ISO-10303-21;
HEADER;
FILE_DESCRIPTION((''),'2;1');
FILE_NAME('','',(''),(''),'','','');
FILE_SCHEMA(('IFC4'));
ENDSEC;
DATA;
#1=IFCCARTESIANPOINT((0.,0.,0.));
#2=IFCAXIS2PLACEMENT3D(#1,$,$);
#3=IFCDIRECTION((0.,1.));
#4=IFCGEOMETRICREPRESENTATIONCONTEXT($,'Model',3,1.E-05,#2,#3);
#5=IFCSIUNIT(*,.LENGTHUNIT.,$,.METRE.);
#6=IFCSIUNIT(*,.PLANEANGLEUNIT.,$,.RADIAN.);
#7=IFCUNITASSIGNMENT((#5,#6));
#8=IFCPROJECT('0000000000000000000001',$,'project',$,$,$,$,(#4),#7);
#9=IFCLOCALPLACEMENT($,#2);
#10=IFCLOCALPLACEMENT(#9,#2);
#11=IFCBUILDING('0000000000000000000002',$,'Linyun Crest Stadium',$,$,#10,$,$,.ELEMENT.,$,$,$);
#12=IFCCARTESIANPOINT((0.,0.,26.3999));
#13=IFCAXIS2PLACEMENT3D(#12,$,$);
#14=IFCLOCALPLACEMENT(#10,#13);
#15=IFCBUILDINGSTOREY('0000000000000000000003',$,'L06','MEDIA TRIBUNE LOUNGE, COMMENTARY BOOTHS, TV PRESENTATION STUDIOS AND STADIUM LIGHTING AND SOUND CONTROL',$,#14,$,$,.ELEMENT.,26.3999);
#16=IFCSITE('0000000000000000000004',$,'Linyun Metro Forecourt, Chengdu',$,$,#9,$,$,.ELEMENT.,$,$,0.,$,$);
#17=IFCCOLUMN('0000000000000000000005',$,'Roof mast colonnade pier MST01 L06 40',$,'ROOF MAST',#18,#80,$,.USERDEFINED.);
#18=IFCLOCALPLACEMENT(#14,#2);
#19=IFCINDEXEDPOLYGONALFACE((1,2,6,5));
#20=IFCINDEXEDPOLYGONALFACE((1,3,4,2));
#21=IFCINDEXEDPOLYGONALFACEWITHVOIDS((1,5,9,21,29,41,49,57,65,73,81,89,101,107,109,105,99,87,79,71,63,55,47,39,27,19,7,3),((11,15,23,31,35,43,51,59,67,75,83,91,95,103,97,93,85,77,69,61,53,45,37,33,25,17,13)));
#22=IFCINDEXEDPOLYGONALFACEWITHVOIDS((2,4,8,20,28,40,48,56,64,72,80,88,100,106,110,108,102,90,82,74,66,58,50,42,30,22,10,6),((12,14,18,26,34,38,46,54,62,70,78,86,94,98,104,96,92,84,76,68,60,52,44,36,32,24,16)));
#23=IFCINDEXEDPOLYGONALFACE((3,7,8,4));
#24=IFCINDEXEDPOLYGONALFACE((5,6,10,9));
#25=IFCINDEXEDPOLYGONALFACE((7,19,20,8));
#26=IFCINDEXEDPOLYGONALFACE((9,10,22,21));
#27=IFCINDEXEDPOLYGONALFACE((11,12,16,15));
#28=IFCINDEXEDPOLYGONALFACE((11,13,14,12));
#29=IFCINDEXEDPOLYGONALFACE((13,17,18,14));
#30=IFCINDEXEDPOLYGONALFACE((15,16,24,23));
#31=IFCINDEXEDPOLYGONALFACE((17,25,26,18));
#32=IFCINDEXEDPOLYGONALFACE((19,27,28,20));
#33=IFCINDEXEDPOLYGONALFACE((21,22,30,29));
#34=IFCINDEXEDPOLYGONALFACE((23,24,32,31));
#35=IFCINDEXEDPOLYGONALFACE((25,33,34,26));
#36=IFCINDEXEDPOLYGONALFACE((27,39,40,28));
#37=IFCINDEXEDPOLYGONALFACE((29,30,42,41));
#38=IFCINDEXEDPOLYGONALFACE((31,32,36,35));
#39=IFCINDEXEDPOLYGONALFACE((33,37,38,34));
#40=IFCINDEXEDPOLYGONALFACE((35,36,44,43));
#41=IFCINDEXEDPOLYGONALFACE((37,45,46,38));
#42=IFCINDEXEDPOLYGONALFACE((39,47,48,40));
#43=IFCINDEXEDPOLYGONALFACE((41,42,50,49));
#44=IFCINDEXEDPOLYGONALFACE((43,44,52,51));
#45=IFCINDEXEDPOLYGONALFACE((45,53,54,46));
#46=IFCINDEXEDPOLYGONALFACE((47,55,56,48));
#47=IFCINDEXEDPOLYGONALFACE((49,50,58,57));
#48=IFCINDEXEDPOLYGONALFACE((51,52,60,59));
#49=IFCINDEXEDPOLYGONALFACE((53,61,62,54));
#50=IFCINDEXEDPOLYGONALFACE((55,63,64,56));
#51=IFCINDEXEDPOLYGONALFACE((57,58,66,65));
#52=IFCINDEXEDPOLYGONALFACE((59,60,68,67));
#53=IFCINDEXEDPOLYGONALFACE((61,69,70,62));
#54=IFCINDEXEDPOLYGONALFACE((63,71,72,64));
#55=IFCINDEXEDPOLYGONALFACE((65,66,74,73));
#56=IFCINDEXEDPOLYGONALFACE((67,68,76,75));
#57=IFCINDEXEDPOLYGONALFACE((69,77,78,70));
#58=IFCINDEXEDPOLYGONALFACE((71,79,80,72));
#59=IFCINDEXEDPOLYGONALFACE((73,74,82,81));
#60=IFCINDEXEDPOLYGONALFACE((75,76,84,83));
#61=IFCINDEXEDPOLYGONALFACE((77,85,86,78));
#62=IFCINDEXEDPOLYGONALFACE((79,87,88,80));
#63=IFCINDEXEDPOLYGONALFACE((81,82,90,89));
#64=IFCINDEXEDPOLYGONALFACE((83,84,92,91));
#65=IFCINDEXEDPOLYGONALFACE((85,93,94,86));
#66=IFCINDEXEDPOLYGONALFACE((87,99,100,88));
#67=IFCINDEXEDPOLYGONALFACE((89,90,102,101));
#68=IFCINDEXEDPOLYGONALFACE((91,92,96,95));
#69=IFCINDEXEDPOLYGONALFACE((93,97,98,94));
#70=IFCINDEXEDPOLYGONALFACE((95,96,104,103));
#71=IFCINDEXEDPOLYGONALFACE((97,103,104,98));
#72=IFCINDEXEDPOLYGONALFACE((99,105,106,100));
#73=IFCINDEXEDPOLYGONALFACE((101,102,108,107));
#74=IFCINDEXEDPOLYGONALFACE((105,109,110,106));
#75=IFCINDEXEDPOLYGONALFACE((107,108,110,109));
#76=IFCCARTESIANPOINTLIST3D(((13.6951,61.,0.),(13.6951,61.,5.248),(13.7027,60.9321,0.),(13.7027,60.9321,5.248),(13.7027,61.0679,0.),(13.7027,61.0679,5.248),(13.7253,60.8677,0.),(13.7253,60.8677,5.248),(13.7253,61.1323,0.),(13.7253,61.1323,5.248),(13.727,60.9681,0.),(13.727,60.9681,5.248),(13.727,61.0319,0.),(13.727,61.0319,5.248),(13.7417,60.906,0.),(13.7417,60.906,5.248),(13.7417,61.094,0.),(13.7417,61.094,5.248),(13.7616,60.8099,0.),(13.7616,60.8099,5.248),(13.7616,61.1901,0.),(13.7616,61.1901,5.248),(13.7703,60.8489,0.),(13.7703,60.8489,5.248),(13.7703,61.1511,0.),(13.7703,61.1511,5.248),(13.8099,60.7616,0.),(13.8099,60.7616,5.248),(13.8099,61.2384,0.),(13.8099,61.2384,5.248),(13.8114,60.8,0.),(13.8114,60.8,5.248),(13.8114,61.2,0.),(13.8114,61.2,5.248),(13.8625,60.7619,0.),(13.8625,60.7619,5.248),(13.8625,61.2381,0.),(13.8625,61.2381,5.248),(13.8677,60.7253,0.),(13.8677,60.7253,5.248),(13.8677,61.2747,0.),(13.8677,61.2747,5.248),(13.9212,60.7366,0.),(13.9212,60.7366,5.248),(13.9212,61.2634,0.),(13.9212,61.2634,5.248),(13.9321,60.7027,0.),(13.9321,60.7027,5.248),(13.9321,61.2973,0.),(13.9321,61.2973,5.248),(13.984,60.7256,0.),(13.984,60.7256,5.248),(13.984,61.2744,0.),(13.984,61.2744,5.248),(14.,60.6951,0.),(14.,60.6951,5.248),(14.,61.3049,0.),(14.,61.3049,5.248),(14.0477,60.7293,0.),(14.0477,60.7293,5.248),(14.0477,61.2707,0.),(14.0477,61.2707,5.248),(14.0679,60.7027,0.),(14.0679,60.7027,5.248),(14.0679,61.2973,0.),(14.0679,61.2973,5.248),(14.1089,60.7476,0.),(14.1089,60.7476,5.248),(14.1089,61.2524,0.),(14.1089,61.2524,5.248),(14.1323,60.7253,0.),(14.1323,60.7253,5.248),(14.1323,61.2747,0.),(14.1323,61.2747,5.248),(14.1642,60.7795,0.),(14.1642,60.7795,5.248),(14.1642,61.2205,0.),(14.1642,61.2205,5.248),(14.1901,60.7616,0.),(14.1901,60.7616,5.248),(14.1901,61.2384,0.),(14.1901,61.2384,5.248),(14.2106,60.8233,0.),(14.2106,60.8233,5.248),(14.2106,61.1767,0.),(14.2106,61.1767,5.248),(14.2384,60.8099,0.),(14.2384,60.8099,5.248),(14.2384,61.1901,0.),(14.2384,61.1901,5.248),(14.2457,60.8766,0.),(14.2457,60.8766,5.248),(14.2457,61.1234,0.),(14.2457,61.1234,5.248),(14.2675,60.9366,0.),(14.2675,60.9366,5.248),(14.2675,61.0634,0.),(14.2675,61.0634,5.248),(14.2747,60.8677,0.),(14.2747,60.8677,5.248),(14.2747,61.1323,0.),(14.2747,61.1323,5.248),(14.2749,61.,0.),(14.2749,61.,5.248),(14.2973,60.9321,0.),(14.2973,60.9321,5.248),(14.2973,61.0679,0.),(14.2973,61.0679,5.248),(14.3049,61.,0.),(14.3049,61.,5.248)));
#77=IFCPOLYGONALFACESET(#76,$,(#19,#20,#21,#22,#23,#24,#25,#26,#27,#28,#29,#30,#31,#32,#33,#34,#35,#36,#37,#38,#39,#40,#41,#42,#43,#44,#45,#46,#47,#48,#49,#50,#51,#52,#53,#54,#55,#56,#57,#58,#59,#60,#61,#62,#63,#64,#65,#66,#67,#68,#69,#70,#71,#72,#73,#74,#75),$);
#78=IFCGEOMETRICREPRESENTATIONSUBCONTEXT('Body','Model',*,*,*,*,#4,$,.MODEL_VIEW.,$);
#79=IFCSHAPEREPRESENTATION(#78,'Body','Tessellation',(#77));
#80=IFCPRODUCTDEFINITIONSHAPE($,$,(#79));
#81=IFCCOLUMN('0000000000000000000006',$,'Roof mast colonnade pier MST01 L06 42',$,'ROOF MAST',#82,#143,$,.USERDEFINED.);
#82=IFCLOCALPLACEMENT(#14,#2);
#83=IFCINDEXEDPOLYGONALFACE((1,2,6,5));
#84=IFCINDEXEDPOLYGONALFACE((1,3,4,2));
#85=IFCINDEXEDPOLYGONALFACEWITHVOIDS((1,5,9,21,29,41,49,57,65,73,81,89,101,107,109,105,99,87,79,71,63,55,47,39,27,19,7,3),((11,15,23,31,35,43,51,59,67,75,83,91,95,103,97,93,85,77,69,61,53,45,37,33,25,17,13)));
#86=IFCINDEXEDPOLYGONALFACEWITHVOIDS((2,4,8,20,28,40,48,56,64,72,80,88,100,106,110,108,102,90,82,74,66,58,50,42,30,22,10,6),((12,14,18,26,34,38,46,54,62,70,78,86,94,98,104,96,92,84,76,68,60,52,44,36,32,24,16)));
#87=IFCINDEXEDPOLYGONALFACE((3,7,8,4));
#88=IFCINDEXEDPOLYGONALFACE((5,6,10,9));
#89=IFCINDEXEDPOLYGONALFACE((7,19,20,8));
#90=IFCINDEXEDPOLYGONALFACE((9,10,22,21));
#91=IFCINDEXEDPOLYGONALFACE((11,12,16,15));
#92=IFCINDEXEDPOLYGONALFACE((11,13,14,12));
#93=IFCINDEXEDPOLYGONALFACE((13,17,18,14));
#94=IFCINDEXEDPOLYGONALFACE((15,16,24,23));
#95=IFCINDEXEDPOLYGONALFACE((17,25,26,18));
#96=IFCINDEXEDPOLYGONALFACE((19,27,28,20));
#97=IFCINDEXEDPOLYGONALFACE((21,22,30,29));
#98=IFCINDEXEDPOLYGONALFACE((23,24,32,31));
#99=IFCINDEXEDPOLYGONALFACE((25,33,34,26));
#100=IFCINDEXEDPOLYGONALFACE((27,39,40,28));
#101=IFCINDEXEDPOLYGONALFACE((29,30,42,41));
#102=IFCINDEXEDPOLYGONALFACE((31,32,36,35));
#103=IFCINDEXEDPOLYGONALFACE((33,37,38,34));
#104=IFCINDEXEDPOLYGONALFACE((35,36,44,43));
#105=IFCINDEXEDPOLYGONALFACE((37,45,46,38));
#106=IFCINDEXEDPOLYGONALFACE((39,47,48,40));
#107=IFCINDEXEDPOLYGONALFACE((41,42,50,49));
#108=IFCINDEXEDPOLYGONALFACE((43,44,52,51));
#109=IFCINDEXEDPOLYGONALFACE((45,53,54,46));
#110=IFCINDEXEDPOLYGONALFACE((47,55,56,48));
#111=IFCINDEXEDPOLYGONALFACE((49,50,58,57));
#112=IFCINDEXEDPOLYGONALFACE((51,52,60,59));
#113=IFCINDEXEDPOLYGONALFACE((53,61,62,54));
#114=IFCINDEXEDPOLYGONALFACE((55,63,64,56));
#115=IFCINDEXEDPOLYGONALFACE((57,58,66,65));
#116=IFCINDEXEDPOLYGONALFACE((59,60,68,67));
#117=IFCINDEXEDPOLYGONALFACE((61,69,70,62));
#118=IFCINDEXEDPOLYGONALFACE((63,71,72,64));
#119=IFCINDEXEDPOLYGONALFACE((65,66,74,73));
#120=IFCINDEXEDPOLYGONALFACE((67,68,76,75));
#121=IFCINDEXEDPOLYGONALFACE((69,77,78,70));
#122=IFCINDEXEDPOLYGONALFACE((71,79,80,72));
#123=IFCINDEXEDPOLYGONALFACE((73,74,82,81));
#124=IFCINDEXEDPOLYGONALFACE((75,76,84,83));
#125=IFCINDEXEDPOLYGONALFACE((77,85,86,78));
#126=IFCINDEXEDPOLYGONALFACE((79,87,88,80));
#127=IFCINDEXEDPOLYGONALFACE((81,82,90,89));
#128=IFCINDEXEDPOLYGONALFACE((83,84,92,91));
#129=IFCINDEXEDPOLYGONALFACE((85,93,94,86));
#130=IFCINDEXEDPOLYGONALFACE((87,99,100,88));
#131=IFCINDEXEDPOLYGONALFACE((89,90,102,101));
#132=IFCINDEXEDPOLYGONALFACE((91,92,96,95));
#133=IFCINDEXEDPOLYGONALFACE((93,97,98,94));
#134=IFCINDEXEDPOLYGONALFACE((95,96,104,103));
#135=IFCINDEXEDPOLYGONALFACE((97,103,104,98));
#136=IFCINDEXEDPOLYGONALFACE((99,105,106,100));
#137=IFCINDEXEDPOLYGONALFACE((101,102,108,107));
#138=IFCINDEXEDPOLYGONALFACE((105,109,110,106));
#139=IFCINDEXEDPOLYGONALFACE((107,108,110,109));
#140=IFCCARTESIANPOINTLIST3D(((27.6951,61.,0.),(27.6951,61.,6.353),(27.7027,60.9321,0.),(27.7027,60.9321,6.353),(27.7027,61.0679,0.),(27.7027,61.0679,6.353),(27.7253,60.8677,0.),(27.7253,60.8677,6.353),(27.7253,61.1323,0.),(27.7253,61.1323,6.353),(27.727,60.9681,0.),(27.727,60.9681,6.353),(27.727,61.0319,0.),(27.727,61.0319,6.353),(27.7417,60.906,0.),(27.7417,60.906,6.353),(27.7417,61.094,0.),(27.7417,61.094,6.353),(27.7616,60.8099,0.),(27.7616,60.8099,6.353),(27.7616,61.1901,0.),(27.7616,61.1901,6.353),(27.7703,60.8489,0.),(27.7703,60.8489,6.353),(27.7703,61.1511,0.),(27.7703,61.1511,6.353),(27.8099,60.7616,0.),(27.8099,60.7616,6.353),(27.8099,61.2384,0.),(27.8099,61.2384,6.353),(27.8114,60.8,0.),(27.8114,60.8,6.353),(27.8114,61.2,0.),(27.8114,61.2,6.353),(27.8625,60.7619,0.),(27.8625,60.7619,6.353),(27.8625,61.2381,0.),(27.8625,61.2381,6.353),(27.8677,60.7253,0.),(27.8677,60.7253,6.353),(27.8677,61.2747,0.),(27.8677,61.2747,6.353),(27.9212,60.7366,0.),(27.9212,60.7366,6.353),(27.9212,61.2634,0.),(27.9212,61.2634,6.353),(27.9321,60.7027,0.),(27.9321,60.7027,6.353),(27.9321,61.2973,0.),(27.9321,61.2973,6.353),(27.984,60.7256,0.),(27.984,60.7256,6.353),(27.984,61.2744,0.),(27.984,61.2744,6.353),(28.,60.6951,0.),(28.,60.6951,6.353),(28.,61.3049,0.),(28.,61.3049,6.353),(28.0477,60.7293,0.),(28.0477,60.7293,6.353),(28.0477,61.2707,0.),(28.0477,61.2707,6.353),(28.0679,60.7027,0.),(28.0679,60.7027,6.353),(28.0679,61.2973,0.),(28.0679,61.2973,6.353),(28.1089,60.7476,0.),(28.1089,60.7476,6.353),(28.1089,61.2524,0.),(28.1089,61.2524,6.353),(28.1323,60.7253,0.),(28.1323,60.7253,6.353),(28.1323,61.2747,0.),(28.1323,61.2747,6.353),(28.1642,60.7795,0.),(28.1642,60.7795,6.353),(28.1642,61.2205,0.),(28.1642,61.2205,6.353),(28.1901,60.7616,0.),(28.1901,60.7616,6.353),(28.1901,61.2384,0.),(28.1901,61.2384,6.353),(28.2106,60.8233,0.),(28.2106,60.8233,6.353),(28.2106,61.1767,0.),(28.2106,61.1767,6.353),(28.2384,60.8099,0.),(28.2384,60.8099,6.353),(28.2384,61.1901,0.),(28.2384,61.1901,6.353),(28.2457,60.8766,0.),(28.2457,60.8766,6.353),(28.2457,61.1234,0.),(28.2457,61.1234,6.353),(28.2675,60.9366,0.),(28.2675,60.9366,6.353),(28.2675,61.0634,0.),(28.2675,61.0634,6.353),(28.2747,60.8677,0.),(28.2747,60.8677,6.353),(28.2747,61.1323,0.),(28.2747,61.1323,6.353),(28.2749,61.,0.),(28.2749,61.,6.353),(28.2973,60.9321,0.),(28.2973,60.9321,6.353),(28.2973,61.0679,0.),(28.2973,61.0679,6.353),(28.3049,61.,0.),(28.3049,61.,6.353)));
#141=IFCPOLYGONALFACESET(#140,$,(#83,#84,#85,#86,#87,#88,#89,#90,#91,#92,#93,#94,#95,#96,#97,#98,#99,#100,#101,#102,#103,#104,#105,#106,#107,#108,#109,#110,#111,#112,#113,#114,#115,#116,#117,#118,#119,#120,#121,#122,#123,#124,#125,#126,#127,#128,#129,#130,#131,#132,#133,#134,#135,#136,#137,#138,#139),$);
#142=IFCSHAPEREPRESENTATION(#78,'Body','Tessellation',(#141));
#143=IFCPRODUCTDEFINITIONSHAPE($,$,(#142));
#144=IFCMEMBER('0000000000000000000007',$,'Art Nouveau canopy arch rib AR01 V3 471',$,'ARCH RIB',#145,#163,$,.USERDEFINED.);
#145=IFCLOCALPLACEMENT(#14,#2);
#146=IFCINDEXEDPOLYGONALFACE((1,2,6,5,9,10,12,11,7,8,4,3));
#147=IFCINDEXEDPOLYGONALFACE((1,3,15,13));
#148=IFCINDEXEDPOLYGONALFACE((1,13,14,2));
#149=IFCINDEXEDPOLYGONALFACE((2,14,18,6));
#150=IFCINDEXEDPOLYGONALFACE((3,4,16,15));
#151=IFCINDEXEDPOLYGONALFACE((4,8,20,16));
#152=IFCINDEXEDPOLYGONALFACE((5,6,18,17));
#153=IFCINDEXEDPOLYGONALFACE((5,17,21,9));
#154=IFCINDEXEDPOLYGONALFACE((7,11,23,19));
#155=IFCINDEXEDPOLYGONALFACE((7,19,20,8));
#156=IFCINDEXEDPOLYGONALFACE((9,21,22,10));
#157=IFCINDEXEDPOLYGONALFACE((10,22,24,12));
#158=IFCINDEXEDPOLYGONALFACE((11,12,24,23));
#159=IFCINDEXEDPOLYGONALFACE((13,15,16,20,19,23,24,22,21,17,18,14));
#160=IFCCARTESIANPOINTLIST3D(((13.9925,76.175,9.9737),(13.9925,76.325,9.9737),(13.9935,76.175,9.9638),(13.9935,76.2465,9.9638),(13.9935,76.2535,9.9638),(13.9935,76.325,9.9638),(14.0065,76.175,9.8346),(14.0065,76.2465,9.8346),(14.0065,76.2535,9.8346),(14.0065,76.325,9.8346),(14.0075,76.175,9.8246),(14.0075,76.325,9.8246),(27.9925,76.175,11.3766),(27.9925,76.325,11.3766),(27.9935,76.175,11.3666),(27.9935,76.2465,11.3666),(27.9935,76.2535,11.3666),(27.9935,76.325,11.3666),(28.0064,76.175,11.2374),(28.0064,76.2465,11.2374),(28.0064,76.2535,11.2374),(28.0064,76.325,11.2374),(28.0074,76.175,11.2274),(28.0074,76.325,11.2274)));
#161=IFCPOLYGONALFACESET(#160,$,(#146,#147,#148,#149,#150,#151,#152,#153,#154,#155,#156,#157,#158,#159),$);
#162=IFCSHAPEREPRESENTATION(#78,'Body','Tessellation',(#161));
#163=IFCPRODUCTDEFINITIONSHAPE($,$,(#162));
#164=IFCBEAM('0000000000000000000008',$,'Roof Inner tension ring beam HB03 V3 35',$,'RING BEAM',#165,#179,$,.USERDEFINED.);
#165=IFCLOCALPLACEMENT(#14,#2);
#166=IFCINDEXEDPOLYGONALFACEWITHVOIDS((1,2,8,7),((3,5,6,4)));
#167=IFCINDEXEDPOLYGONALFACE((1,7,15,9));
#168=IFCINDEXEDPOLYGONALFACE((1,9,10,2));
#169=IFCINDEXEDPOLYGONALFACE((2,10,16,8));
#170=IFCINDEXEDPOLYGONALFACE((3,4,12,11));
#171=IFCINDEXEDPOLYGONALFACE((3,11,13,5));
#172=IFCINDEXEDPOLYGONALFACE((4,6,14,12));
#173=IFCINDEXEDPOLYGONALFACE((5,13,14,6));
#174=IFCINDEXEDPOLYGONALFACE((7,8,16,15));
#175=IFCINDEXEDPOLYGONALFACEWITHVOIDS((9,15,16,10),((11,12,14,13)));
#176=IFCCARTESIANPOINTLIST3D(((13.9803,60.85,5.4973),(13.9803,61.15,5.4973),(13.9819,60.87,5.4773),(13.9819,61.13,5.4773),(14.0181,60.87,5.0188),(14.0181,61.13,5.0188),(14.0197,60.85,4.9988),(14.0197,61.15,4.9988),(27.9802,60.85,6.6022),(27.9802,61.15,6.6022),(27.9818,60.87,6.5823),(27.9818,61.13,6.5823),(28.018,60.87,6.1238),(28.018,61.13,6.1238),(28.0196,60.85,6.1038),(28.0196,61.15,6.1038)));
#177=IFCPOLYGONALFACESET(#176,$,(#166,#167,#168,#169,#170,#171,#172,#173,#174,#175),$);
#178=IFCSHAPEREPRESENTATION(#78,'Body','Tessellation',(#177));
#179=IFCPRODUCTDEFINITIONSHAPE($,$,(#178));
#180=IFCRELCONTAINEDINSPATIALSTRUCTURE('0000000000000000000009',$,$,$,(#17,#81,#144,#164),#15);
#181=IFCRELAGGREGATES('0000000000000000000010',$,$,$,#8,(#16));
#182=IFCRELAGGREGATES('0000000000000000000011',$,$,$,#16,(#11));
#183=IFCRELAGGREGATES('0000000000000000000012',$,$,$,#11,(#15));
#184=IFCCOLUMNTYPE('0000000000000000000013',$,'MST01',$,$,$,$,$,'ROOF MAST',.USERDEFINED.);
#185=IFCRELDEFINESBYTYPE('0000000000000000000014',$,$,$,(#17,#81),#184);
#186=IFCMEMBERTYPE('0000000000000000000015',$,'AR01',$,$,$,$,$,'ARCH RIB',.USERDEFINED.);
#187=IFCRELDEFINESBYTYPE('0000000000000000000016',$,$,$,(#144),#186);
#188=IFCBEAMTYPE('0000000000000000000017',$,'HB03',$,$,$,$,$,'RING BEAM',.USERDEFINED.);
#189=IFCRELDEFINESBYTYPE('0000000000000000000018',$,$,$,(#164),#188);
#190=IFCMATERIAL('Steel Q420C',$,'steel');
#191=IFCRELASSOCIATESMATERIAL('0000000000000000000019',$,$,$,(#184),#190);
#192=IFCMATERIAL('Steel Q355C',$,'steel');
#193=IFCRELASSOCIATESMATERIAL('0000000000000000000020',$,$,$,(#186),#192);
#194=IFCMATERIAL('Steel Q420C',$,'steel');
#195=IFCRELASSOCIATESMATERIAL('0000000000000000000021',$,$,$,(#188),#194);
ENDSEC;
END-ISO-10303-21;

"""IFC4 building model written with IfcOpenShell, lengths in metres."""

from ifc_helpers import new_model, si_unit, direction, frame, origin, origin_2d, place, context, subcontext, project, spatial, hollow_rectangle, hollow_circle, i_section, extrude, material, material_profile, profile_set, type_object, element, save


model = new_model("IFC4")

# Units and contexts
model_context = context("Model", 3, precision=1e-05, world=origin(), true_north=direction((0.0, 1.0)))
body_context = subcontext(model_context, "Body", "Model", "MODEL_VIEW")
ifc_project = project(units=[si_unit("LENGTHUNIT", "METRE"), si_unit("PLANEANGLEUNIT", "RADIAN")], contexts=[model_context])

# Site, building, storey
site_placement = place(None, origin())
site = spatial("IfcSite", under=ifc_project, at=site_placement, Name="Linyun Metro Forecourt, Chengdu", CompositionType="ELEMENT", RefElevation=0.0)
building_placement = place(site_placement, origin())
building = spatial("IfcBuilding", under=site, at=building_placement, Name="Linyun Crest Stadium", CompositionType="ELEMENT")
storey_placement = place(building_placement, frame((0.0, 0.0, 26.3999)))
storey = spatial("IfcBuildingStorey", under=building, at=storey_placement, Name="L06", Description="MEDIA TRIBUNE LOUNGE, COMMENTARY BOOTHS, TV PRESENTATION STUDIOS AND STADIUM LIGHTING AND SOUND CONTROL", CompositionType="ELEMENT", Elevation=26.3999)

# Columns
ifc_material_1 = material(Name="Steel Q420C", Category="steel")
ifc_material_profile_1 = material_profile(ifc_material_1, hollow_circle(Radius=0.3049, WallThickness=0.03, at=origin_2d()), Name="CHS 610x30")
ifc_profile_set_1 = profile_set([ifc_material_profile_1], Name="Steel Q420C")
column_type = type_object("IfcColumnType", Name="MST01", ElementType="ROOF MAST", PredefinedType="USERDEFINED", material=ifc_profile_set_1)
column_1_placement = place(storey_placement, frame((14.0, 61.0, 0.0), z_axis=(0.0, 0.0, 1.0), x_axis=(1.0, 0.0, 0.0)))
element("IfcColumn", 1, at=column_1_placement, inside=storey, type_object=column_type, Name="Roof mast colonnade pier MST01 L06 40", ObjectType="ROOF MAST", PredefinedType="USERDEFINED", context=body_context, shape_type="SweptSolid", body=[
    extrude(hollow_circle(Radius=0.3049, WallThickness=0.03, at=origin_2d()), origin(), (0.0, 0.0, 1.0), 5.248),
])
column_2_placement = place(storey_placement, frame((28.0, 61.0, 0.0), z_axis=(0.0, 0.0, 1.0), x_axis=(1.0, 0.0, 0.0)))
element("IfcColumn", 2, at=column_2_placement, inside=storey, type_object=column_type, Name="Roof mast colonnade pier MST01 L06 42", ObjectType="ROOF MAST", PredefinedType="USERDEFINED", context=body_context, shape_type="SweptSolid", body=[
    extrude(hollow_circle(Radius=0.3049, WallThickness=0.03, at=origin_2d()), origin(), (0.0, 0.0, 1.0), 6.353),
])

# Member
ifc_material_2 = material(Name="Steel Q355C", Category="steel")
ifc_material_profile_2 = material_profile(ifc_material_2, i_section(OverallWidth=0.1499, OverallDepth=0.1499, WebThickness=0.0071, FlangeThickness=0.01, at=origin_2d()), Name="HW 150x150")
ifc_profile_set_2 = profile_set([ifc_material_profile_2], Name="Steel Q355C")
member_type_1 = type_object("IfcMemberType", Name="AR01", ElementType="ARCH RIB", PredefinedType="USERDEFINED", material=ifc_profile_set_2)
member_1_placement = place(storey_placement, frame((14.0, 76.25, 9.8992), z_axis=(0.995017, 0.0, 0.099703), x_axis=(0.0, 1.0, 0.0)))
element("IfcMember", 3, at=member_1_placement, inside=storey, type_object=member_type_1, Name="Art Nouveau canopy arch rib AR01 V3 471", ObjectType="ARCH RIB", PredefinedType="USERDEFINED", context=body_context, shape_type="SweptSolid", body=[
    extrude(i_section(OverallWidth=0.1499, OverallDepth=0.1499, WebThickness=0.0071, FlangeThickness=0.01, at=origin_2d()), origin(), (0.0, 0.0, 1.0), 14.0701),
])

# Beam
ifc_material_3 = material(Name="Steel Q420C", Category="steel")
ifc_material_profile_3 = material_profile(ifc_material_3, hollow_rectangle(XDim=0.3, YDim=0.5, WallThickness=0.02, at=origin_2d()), Name="RHS 500x300x20")
ifc_profile_set_3 = profile_set([ifc_material_profile_3], Name="Steel Q420C")
beam_type = type_object("IfcBeamType", Name="HB03", ElementType="RING BEAM", PredefinedType="USERDEFINED", material=ifc_profile_set_3)
beam_placement = place(storey_placement, frame((14.0, 61.0, 5.248), z_axis=(0.9969, 0.0, 0.078682), x_axis=(0.0, 1.0, 0.0)))
element("IfcBeam", 4, at=beam_placement, inside=storey, type_object=beam_type, Name="Roof Inner tension ring beam HB03 V3 35", ObjectType="RING BEAM", PredefinedType="USERDEFINED", context=body_context, shape_type="SweptSolid", body=[
    extrude(hollow_rectangle(XDim=0.3, YDim=0.5, WallThickness=0.02, at=origin_2d()), origin(), (0.0, 0.0, 1.0), 14.0435),
])

save(model, "model.ifc")
